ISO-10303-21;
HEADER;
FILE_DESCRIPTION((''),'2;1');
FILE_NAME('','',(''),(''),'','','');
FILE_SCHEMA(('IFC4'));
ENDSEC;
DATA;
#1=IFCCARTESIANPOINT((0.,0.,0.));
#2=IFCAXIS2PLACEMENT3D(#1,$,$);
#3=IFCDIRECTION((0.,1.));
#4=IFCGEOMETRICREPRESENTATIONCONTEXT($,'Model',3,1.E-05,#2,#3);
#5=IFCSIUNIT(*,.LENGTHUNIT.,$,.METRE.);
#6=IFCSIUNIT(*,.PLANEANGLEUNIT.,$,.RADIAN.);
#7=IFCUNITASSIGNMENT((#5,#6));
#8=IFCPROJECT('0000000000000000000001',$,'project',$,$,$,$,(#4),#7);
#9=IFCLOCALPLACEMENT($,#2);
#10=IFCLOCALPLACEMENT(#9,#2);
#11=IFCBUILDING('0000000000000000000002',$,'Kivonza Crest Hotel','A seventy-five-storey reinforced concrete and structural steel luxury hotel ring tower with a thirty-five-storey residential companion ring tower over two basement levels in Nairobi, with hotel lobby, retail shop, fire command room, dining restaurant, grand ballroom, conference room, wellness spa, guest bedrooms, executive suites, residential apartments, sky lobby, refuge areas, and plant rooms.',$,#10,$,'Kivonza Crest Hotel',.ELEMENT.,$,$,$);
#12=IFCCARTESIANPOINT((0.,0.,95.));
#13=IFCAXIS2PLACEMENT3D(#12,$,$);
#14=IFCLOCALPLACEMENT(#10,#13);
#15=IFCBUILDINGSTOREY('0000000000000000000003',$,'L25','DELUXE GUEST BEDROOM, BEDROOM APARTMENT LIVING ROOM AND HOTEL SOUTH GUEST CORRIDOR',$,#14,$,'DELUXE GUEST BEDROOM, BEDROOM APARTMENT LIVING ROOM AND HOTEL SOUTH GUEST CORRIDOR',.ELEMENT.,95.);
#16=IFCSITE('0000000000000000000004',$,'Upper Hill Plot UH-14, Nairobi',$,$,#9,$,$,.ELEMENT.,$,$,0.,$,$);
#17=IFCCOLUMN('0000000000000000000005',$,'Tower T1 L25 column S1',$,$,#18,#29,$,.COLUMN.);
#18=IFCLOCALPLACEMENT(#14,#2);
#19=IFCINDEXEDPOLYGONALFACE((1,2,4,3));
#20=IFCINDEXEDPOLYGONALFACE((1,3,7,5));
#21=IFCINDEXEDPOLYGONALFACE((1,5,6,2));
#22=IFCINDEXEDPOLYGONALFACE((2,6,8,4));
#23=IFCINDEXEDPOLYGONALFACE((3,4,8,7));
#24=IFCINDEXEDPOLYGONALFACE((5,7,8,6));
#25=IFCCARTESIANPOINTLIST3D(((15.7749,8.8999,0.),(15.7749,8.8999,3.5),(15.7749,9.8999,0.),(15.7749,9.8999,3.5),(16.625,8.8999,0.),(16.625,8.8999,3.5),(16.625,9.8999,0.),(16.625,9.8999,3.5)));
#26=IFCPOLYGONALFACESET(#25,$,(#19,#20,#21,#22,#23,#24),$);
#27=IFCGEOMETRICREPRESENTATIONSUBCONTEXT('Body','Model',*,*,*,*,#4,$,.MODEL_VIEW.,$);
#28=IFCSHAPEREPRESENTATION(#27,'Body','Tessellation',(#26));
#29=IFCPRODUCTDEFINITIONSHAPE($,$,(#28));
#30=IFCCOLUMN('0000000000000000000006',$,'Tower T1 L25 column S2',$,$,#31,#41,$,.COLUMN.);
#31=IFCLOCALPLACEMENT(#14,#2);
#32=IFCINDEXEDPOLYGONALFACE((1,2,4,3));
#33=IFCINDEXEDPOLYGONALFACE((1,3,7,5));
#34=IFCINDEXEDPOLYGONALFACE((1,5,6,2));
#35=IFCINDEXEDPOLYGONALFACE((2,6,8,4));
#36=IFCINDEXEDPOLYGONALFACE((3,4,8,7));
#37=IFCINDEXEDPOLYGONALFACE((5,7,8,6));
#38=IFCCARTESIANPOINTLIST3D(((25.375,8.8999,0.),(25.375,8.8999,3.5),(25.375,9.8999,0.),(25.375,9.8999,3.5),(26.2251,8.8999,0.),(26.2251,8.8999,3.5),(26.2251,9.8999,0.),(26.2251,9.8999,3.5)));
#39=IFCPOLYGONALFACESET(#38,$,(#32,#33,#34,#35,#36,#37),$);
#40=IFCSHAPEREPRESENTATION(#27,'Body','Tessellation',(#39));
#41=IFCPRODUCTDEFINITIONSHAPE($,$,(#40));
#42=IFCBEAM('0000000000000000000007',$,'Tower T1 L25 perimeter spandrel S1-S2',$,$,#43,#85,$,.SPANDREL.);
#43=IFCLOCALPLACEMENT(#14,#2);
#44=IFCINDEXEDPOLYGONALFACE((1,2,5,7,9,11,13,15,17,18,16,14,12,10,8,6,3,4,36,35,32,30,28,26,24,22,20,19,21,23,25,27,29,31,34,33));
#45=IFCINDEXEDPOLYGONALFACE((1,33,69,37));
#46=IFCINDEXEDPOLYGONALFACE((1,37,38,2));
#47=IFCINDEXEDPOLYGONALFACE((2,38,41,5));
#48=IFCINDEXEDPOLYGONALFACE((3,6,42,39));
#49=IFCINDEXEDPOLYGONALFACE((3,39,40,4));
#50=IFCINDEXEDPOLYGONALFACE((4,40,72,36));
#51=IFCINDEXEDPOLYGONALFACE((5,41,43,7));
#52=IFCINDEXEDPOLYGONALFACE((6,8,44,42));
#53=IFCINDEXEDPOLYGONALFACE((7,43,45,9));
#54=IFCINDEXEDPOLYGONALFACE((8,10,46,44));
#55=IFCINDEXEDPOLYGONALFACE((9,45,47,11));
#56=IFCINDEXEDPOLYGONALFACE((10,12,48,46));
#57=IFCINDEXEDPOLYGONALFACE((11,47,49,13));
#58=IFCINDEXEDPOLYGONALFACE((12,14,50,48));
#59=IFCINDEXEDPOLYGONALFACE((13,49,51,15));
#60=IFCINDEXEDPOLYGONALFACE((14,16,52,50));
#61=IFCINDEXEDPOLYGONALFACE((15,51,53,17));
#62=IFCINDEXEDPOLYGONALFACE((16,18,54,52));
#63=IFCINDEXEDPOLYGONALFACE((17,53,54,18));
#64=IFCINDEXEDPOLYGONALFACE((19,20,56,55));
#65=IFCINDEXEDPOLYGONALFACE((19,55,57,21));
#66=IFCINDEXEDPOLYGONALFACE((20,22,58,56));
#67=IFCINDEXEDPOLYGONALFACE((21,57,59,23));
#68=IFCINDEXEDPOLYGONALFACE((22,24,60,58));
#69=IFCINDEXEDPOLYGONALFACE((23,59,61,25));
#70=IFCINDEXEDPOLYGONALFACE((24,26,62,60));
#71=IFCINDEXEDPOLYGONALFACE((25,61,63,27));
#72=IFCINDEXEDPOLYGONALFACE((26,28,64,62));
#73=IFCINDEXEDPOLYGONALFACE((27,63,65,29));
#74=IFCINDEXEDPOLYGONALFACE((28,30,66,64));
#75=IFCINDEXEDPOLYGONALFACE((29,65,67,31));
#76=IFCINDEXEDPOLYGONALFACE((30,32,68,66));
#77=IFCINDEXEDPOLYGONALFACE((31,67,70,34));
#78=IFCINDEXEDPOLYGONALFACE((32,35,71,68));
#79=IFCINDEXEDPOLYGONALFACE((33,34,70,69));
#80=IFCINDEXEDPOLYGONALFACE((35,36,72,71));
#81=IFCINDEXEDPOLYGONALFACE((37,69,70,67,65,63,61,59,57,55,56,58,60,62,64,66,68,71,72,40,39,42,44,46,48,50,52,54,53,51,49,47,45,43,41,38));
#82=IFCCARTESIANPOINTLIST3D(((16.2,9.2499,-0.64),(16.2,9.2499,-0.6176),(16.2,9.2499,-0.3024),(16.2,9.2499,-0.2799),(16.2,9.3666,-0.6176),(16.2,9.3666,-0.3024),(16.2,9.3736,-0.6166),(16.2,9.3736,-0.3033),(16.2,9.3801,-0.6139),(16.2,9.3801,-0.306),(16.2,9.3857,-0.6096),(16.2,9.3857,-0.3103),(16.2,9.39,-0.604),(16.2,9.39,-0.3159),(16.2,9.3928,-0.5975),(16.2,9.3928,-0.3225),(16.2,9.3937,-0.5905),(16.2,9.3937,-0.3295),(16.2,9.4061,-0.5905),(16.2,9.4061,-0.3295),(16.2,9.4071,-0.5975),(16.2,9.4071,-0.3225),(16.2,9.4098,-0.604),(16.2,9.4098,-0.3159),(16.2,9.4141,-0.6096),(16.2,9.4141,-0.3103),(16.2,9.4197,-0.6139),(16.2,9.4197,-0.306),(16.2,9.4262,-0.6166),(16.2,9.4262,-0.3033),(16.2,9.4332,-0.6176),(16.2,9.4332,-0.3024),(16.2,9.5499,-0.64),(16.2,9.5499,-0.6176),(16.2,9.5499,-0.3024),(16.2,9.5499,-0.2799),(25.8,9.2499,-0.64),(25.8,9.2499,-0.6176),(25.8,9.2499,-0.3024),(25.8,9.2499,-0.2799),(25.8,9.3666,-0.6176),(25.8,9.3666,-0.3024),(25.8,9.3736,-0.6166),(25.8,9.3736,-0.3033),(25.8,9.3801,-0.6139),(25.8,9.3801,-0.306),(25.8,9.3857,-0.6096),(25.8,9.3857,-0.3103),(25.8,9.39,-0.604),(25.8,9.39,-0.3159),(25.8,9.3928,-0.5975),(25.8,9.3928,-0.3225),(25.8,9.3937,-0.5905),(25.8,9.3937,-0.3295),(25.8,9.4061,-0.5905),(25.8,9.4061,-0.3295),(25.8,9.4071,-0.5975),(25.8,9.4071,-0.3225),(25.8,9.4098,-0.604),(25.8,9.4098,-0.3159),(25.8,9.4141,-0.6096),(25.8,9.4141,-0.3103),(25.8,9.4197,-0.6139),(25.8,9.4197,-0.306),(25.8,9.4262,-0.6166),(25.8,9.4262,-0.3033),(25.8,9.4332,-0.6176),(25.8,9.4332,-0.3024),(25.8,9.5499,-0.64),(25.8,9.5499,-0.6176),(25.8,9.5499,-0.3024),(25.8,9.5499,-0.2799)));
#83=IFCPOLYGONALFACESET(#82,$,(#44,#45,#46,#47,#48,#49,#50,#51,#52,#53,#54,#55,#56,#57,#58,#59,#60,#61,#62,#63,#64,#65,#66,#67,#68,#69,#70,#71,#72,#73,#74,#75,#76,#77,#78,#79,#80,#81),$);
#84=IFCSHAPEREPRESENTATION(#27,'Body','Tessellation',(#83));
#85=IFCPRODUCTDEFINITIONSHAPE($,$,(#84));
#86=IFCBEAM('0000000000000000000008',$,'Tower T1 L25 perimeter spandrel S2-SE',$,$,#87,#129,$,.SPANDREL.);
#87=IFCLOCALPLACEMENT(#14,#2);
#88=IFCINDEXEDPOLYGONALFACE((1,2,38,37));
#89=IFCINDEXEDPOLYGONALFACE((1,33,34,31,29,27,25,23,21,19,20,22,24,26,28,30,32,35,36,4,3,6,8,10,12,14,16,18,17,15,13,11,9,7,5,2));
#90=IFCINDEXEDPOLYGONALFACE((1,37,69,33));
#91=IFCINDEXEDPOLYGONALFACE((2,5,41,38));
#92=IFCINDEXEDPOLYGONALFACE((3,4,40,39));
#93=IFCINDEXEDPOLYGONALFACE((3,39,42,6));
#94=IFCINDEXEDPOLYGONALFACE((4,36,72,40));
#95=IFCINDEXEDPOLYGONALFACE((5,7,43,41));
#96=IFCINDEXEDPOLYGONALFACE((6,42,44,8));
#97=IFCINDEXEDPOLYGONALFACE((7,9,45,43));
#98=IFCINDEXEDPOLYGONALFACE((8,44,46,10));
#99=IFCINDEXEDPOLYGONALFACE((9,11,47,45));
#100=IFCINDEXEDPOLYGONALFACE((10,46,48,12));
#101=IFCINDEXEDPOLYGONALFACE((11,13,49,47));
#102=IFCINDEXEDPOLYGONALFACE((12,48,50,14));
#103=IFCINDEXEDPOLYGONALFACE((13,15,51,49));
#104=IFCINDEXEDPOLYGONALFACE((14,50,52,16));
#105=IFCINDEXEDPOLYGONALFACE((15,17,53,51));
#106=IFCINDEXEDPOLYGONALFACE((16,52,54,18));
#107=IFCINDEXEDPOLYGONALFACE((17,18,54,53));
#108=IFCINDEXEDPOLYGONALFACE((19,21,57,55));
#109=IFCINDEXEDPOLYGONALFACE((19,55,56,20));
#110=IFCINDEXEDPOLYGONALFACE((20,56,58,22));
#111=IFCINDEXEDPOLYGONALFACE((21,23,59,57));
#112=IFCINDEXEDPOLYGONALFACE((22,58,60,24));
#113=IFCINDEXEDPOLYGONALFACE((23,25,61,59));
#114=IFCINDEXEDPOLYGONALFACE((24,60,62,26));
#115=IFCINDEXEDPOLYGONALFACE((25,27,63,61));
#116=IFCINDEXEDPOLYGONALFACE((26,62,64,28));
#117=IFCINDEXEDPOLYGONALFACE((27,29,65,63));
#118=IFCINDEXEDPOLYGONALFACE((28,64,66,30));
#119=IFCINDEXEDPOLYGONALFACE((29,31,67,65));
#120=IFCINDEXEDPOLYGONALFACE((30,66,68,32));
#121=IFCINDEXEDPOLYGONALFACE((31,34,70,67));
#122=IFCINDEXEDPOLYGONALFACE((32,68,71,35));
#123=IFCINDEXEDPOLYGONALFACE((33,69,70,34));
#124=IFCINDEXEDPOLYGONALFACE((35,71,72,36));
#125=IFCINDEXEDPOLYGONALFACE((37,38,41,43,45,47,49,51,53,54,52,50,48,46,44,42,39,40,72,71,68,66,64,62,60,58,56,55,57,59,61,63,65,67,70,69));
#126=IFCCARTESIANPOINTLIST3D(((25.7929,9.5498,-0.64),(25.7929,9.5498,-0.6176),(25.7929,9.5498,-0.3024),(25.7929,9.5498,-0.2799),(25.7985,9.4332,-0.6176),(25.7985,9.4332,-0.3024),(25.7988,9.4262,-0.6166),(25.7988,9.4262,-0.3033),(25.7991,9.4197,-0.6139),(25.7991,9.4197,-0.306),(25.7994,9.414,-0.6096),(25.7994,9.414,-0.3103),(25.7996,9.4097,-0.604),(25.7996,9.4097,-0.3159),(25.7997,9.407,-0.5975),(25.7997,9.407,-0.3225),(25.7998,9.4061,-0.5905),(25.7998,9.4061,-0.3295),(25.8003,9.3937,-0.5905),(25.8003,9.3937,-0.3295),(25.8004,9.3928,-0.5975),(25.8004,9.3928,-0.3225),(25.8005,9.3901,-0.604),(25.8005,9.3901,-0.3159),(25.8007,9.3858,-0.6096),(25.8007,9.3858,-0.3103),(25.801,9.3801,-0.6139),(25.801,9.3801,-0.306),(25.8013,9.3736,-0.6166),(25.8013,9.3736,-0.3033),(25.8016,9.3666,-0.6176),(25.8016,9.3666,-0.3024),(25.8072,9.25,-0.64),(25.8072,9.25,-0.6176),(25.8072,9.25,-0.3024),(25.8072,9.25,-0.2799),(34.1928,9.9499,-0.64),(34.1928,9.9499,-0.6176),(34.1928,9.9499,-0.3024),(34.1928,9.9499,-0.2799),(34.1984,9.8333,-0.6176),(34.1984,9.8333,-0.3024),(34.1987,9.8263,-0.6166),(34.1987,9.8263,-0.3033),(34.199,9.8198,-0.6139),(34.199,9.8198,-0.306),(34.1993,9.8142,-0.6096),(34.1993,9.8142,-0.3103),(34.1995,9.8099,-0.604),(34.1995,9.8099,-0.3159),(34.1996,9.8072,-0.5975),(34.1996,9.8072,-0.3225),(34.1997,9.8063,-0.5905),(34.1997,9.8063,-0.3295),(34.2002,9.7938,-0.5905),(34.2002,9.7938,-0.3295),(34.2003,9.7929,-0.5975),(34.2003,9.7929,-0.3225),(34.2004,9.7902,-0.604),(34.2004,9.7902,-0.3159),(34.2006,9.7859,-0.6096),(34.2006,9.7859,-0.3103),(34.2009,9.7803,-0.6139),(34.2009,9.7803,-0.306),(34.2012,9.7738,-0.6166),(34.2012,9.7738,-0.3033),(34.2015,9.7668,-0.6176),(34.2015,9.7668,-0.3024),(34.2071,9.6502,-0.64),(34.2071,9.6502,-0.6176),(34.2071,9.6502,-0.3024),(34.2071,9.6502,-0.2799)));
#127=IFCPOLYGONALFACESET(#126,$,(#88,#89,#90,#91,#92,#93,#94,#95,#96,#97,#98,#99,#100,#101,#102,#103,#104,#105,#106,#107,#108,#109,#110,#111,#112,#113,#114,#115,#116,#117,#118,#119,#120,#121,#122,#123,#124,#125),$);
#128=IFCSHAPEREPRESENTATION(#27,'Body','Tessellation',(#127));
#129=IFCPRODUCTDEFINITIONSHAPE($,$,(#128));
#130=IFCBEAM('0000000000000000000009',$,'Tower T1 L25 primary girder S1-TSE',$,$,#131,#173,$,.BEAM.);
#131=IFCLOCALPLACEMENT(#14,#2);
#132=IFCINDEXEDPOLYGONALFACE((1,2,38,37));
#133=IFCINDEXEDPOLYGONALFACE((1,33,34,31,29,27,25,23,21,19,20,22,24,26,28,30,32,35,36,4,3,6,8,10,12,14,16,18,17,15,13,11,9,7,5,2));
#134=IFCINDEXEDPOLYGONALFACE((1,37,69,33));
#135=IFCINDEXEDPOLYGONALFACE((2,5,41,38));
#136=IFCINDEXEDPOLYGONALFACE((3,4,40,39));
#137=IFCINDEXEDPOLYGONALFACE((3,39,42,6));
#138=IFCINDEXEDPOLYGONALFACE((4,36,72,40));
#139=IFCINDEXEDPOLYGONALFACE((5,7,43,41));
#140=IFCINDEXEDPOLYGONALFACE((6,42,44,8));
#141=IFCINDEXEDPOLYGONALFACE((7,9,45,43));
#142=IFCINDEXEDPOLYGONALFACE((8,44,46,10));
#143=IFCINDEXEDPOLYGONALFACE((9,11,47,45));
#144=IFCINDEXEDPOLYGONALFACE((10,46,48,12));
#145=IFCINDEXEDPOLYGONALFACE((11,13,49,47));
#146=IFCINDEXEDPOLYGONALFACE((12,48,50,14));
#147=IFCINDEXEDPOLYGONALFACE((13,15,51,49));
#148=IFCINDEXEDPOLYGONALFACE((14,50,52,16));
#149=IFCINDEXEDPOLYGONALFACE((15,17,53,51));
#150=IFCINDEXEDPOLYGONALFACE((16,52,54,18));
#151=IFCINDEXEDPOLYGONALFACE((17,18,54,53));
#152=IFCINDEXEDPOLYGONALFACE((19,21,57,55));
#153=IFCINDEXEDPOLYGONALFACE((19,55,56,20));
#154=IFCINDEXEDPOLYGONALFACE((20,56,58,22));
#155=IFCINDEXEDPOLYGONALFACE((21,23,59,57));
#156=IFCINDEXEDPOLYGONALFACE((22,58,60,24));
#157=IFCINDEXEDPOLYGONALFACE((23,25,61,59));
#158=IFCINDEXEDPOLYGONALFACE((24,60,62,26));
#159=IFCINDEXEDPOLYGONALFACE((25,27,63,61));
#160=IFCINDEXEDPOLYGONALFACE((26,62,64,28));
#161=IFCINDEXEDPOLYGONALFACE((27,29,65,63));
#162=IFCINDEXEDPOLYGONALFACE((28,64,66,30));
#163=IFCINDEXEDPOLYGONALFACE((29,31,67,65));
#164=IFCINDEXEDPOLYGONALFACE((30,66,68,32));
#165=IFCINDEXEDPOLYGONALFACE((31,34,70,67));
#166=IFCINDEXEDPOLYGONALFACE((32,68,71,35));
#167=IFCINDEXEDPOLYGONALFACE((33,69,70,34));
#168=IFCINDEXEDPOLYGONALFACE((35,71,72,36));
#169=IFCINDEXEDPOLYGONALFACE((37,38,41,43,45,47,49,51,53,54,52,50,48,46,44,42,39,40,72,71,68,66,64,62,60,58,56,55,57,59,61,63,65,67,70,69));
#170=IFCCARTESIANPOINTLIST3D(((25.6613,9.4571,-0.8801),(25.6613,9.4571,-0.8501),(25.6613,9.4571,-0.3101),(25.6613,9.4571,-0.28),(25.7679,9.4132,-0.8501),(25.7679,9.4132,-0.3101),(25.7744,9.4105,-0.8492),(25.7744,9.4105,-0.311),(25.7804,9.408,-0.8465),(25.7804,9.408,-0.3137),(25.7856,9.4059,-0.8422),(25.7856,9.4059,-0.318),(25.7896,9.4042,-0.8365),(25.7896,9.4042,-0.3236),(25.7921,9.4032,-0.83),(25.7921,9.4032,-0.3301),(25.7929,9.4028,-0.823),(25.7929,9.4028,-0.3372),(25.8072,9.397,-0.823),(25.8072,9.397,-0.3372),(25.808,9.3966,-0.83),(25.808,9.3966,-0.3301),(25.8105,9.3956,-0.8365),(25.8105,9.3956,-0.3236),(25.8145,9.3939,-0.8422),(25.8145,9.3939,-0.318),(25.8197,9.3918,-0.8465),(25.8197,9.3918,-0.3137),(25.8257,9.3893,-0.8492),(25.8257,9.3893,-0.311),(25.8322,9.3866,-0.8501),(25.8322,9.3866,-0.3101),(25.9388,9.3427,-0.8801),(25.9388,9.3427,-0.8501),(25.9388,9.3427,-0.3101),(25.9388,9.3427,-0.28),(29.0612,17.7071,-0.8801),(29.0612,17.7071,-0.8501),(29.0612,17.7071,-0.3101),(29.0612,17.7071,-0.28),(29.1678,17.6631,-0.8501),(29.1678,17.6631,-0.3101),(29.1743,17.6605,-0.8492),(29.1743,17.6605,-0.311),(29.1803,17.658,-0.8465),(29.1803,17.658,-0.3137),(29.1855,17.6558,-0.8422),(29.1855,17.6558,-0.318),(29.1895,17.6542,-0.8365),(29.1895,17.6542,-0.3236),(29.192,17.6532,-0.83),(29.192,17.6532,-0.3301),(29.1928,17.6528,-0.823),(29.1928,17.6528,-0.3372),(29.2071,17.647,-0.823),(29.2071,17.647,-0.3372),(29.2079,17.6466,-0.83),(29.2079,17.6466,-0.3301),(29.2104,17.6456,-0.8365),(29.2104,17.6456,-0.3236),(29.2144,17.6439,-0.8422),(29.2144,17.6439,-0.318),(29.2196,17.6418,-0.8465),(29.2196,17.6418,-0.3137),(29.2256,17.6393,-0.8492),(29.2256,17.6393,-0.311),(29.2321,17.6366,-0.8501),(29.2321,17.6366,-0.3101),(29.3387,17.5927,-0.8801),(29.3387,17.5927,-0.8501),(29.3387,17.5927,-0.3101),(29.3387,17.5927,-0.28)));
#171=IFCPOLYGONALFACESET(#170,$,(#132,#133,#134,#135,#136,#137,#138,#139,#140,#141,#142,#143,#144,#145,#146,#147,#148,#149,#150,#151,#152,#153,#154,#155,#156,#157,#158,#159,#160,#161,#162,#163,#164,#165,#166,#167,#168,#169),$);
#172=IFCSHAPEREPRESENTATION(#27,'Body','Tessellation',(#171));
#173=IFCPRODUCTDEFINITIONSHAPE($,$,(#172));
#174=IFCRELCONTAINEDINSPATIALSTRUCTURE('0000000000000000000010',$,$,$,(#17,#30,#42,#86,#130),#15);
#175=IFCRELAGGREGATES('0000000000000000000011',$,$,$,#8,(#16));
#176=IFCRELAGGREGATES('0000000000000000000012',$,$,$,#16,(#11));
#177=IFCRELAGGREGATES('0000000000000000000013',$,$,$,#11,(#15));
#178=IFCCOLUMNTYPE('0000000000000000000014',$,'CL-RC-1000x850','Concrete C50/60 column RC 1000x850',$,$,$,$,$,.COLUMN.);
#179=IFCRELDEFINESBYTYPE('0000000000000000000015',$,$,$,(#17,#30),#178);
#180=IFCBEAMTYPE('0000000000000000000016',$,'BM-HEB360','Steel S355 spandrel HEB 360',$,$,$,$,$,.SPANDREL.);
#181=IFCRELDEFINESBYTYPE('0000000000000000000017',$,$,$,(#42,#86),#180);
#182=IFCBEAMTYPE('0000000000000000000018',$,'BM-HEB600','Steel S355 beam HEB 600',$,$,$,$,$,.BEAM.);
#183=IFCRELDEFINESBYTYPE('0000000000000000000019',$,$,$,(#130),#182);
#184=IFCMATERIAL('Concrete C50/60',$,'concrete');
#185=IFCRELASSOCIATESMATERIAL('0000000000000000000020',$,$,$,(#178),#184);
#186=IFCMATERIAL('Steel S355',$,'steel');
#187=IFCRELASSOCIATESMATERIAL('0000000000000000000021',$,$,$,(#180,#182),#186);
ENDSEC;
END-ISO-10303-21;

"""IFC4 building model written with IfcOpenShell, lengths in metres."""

from ifc_helpers import new_model, si_unit, direction, frame, origin, origin_2d, place, context, subcontext, project, spatial, rectangle, i_section, extrude, material, material_profile, profile_set, type_object, element, save


model = new_model("IFC4")

# Units and contexts
model_context = context("Model", 3, precision=1e-05, world=origin(), true_north=direction((0.0, 1.0)))
body_context = subcontext(model_context, "Body", "Model", "MODEL_VIEW")
ifc_project = project(units=[si_unit("LENGTHUNIT", "METRE"), si_unit("PLANEANGLEUNIT", "RADIAN")], contexts=[model_context])

# Site, building, storey
site_placement = place(None, origin())
site = spatial("IfcSite", under=ifc_project, at=site_placement, Name="Upper Hill Plot UH-14, Nairobi", CompositionType="ELEMENT", RefElevation=0.0)
building_placement = place(site_placement, origin())
building = spatial("IfcBuilding", under=site, at=building_placement, Name="Kivonza Crest Hotel", Description="A seventy-five-storey reinforced concrete and structural steel luxury hotel ring tower with a thirty-five-storey residential companion ring tower over two basement levels in Nairobi, with hotel lobby, retail shop, fire command room, dining restaurant, grand ballroom, conference room, wellness spa, guest bedrooms, executive suites, residential apartments, sky lobby, refuge areas, and plant rooms.", LongName="Kivonza Crest Hotel", CompositionType="ELEMENT")
storey_placement = place(building_placement, frame((0.0, 0.0, 95.0)))
storey = spatial("IfcBuildingStorey", under=building, at=storey_placement, Name="L25", Description="DELUXE GUEST BEDROOM, BEDROOM APARTMENT LIVING ROOM AND HOTEL SOUTH GUEST CORRIDOR", LongName="DELUXE GUEST BEDROOM, BEDROOM APARTMENT LIVING ROOM AND HOTEL SOUTH GUEST CORRIDOR", CompositionType="ELEMENT", Elevation=95.0)

# Columns
ifc_material_1 = material(Name="Concrete C50/60", Category="concrete")
ifc_material_profile_1 = material_profile(ifc_material_1, rectangle(XDim=0.8501, YDim=1.0, at=origin_2d()), Name="RC 1000x850")
ifc_profile_set_1 = profile_set([ifc_material_profile_1], Name="Concrete C50/60")
column_type = type_object("IfcColumnType", Name="CL-RC-1000x850", Description="Concrete C50/60 column RC 1000x850", PredefinedType="COLUMN", material=ifc_profile_set_1)
for number, where, z_axis, x_axis, name in (
    (1, (16.2, 9.3999, 0.0), (0.0, 0.0, 1.0), (1.0, 0.0, 0.0), "Tower T1 L25 column S1"),
    (2, (25.8, 9.3999, 0.0), (0.0, 0.0, 1.0), (1.0, 0.0, 0.0), "Tower T1 L25 column S2"),
):
    element("IfcColumn", number, at=place(storey_placement, frame(where, z_axis=z_axis, x_axis=x_axis)), inside=storey, type_object=column_type, Name=name, PredefinedType="COLUMN", context=body_context, shape_type="SweptSolid", body=[
        extrude(rectangle(XDim=0.8501, YDim=1.0, at=origin_2d()), origin(), (0.0, 0.0, 1.0), 3.5),
    ])

# Beams
ifc_material_2 = material(Name="Steel S355", Category="steel")
ifc_material_profile_2 = material_profile(ifc_material_2, i_section(OverallWidth=0.3, OverallDepth=0.3601, WebThickness=0.0125, FlangeThickness=0.0225, FilletRadius=0.0271, at=origin_2d()), Name="HEB 360")
ifc_profile_set_2 = profile_set([ifc_material_profile_2], Name="Steel S355")
beam_type_1 = type_object("IfcBeamType", Name="BM-HEB360", Description="Steel S355 spandrel HEB 360", PredefinedType="SPANDREL", material=ifc_profile_set_2)
beam_1_placement = place(storey_placement, frame((16.2, 9.3999, -0.46), z_axis=(1.0, 0.0, 0.0), x_axis=(0.0, 1.0, 0.0)))
element("IfcBeam", 3, at=beam_1_placement, inside=storey, type_object=beam_type_1, Name="Tower T1 L25 perimeter spandrel S1-S2", PredefinedType="SPANDREL", context=body_context, shape_type="SweptSolid", body=[
    extrude(i_section(OverallWidth=0.3, OverallDepth=0.3601, WebThickness=0.0125, FlangeThickness=0.0225, FilletRadius=0.0271, at=origin_2d()), origin(), (0.0, 0.0, 1.0), 9.6001),
])
beam_2_placement = place(storey_placement, frame((25.8, 9.3999, -0.46), z_axis=(0.998867, 0.047583, 0.0), x_axis=(-0.047583, 0.998867, 0.0)))
element("IfcBeam", 4, at=beam_2_placement, inside=storey, type_object=beam_type_1, Name="Tower T1 L25 perimeter spandrel S2-SE", PredefinedType="SPANDREL", context=body_context, shape_type="SweptSolid", body=[
    extrude(i_section(OverallWidth=0.3, OverallDepth=0.3601, WebThickness=0.0125, FlangeThickness=0.0225, FilletRadius=0.0271, at=origin_2d()), origin(), (0.0, 0.0, 1.0), 8.4094),
])
ifc_material_profile_3 = material_profile(ifc_material_2, i_section(OverallWidth=0.3, OverallDepth=0.6001, WebThickness=0.0154, FlangeThickness=0.03, FilletRadius=0.0271, at=origin_2d()), Name="HEB 600")
ifc_profile_set_3 = profile_set([ifc_material_profile_3], Name="Steel S355")
beam_type_2 = type_object("IfcBeamType", Name="BM-HEB600", Description="Steel S355 beam HEB 600", PredefinedType="BEAM", material=ifc_profile_set_3)
beam_3_placement = place(storey_placement, frame((25.8, 9.3999, -0.5801), z_axis=(0.381022, 0.924566, 0.0), x_axis=(-0.924566, 0.381022, 0.0)))
element("IfcBeam", 5, at=beam_3_placement, inside=storey, type_object=beam_type_2, Name="Tower T1 L25 primary girder S1-TSE", PredefinedType="BEAM", context=body_context, shape_type="SweptSolid", body=[
    extrude(i_section(OverallWidth=0.3, OverallDepth=0.6001, WebThickness=0.0154, FlangeThickness=0.03, FilletRadius=0.0271, at=origin_2d()), origin(), (0.0, 0.0, 1.0), 8.9231),
])

save(model, "model.ifc")
